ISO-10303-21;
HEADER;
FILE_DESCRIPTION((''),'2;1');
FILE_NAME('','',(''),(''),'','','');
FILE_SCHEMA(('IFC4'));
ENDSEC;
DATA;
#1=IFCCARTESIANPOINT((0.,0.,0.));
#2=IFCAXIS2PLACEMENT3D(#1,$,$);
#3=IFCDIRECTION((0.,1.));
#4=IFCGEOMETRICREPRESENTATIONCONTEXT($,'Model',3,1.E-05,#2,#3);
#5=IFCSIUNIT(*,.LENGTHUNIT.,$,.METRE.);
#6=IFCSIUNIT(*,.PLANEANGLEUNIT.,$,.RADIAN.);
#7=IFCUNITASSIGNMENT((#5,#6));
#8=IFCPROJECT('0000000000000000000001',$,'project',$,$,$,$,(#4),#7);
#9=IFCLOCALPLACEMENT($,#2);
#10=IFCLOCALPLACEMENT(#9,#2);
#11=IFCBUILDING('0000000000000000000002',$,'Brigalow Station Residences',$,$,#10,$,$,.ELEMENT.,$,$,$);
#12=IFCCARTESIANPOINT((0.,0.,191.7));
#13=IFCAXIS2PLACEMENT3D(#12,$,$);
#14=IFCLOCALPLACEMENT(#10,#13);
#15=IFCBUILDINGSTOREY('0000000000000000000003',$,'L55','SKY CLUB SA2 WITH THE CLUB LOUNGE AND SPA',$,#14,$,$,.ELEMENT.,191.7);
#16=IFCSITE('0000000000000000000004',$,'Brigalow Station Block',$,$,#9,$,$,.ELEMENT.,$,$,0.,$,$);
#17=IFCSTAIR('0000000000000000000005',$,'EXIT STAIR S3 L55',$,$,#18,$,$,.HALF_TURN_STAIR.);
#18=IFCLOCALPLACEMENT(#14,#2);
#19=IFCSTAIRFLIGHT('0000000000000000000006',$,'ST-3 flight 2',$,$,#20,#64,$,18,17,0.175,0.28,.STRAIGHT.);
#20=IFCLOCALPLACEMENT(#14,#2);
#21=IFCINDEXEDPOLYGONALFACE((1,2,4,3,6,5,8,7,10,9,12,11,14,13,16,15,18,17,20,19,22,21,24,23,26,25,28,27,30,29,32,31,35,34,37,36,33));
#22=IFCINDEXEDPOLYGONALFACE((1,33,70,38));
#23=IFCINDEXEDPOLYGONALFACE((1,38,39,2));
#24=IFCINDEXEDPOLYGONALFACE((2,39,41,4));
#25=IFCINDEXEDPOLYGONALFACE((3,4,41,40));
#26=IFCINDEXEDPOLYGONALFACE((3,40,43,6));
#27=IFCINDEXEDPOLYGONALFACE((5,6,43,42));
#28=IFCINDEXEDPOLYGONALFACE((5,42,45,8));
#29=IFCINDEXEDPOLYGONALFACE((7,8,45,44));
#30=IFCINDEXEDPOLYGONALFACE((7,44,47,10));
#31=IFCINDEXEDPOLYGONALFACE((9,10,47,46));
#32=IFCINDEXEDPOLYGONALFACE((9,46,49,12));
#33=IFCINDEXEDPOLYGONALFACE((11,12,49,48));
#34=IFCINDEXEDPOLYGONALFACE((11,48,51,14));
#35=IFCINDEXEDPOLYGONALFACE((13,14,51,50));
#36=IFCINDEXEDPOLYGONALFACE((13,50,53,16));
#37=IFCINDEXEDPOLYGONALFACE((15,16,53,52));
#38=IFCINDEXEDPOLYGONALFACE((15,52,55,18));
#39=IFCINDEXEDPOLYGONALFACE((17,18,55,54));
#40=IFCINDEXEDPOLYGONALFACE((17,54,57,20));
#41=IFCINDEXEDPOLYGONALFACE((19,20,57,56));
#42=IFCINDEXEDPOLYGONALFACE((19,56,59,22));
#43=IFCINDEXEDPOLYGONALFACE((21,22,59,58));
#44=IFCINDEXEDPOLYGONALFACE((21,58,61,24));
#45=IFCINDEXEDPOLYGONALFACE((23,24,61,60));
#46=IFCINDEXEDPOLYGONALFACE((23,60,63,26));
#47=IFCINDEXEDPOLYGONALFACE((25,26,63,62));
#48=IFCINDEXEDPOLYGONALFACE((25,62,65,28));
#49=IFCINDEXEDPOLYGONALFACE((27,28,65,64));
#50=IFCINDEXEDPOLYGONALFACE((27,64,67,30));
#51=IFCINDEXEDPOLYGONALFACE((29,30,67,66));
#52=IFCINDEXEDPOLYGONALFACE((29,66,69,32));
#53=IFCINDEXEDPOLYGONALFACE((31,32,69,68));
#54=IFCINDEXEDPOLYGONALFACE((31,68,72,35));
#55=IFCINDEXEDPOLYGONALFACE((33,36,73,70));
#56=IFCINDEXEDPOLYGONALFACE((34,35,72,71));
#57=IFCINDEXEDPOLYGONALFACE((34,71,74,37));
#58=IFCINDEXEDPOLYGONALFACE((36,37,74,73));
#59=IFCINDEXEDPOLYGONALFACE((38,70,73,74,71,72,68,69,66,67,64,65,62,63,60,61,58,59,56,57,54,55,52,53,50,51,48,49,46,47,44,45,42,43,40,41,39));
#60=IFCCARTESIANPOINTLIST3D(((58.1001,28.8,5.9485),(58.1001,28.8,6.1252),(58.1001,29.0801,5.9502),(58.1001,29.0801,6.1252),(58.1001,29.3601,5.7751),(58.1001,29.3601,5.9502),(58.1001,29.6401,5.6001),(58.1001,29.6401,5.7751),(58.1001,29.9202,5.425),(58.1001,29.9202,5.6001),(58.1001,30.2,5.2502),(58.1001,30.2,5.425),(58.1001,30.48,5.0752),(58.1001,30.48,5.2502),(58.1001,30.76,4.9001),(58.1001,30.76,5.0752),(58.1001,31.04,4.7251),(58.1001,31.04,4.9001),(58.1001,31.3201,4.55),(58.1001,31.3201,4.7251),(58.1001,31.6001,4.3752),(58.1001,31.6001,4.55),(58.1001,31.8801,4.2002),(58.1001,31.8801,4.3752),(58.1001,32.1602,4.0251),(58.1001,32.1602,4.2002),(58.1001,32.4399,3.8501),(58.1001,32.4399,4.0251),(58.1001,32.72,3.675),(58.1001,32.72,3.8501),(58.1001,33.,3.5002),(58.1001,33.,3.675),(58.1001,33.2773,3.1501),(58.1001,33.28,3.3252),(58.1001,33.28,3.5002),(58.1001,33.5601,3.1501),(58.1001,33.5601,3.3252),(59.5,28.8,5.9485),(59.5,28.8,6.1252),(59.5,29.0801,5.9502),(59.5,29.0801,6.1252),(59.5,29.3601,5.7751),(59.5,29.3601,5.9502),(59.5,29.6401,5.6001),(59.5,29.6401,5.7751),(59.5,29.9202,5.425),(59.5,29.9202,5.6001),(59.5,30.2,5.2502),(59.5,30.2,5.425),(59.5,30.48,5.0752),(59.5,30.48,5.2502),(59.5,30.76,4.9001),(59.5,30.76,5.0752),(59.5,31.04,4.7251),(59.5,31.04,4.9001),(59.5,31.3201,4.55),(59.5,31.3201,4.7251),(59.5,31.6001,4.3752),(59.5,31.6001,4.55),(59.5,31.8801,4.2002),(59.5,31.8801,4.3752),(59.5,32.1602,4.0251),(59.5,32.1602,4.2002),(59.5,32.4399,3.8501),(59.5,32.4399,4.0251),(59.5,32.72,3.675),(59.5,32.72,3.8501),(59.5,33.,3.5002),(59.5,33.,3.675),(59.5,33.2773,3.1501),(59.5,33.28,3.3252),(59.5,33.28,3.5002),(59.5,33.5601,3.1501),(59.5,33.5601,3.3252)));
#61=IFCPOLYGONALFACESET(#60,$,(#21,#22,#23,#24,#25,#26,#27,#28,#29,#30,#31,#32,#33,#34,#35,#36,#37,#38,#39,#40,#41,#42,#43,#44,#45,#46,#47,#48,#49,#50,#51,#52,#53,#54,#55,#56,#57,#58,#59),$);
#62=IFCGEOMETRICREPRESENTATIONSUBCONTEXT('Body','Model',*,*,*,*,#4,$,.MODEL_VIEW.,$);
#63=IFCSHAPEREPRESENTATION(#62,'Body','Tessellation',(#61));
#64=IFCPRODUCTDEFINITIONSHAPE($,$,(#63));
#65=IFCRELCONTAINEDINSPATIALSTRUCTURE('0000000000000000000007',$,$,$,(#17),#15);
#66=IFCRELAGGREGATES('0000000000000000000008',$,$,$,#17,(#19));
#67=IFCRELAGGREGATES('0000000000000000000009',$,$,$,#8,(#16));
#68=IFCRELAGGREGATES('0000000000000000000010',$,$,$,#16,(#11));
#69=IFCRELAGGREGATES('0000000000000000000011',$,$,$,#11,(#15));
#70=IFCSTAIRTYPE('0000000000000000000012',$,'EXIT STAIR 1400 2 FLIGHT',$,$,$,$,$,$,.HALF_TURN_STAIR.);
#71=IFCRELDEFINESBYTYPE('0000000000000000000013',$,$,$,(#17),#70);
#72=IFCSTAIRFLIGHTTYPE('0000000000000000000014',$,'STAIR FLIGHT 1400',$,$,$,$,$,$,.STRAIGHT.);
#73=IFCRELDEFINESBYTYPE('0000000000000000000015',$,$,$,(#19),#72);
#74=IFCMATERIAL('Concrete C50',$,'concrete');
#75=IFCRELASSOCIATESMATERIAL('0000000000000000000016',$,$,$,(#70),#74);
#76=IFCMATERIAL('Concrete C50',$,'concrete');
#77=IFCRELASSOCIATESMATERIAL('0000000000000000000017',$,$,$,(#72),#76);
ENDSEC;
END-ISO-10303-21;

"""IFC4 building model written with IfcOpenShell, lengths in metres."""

from ifc_helpers import new_model, si_unit, direction, frame, origin, place, context, subcontext, project, spatial, polyline, outline, extrude, material, type_object, element, aggregate, save


model = new_model("IFC4")

# Units and contexts
model_context = context("Model", 3, precision=1e-05, world=origin(), true_north=direction((0.0, 1.0)))
body_context = subcontext(model_context, "Body", "Model", "MODEL_VIEW")
ifc_project = project(units=[si_unit("LENGTHUNIT", "METRE"), si_unit("PLANEANGLEUNIT", "RADIAN")], contexts=[model_context])

# Site, building, storey
site_placement = place(None, origin())
site = spatial("IfcSite", under=ifc_project, at=site_placement, Name="Brigalow Station Block", CompositionType="ELEMENT", RefElevation=0.0)
building_placement = place(site_placement, origin())
building = spatial("IfcBuilding", under=site, at=building_placement, Name="Brigalow Station Residences", CompositionType="ELEMENT")
storey_placement = place(building_placement, frame((0.0, 0.0, 191.7)))
storey = spatial("IfcBuildingStorey", under=building, at=storey_placement, Name="L55", Description="SKY CLUB SA2 WITH THE CLUB LOUNGE AND SPA", CompositionType="ELEMENT", Elevation=191.7)

# Stair, stair flight
ifc_material_1 = material(Name="Concrete C50", Category="concrete")
stair_type = type_object("IfcStairType", Name="EXIT STAIR 1400 2 FLIGHT", PredefinedType="HALF_TURN_STAIR", material=ifc_material_1)
stair_placement = place(storey_placement, origin())
stair = element("IfcStair", 1, at=stair_placement, inside=storey, type_object=stair_type, Name="EXIT STAIR S3 L55", PredefinedType="HALF_TURN_STAIR")
ifc_material_2 = material(Name="Concrete C50", Category="concrete")
stair_flight_type = type_object("IfcStairFlightType", Name="STAIR FLIGHT 1400", PredefinedType="STRAIGHT", material=ifc_material_2)
stair_flight_1_placement = place(storey_placement, frame((58.8, 33.5601, 3.1501), z_axis=(0.0, 0.0, 1.0), x_axis=(0.0, -1.0, 0.0)))
stair_flight_1 = element("IfcStairFlight", 2, at=stair_flight_1_placement, type_object=stair_flight_type, Name="ST-3 flight 2", NumberOfRisers=18, NumberOfTreads=17, PredefinedType="STRAIGHT", RiserHeight=0.175, TreadLength=0.28, context=body_context, shape_type="SweptSolid", body=[
    extrude(outline(polyline([(0.0, 0.0), (0.0, 0.175), (0.28, 0.175), (0.28, 0.3501), (0.5601, 0.3501), (0.5601, 0.5249), (0.8401, 0.5249), (0.8401, 0.7), (1.1201, 0.7), (1.1201, 0.875), (1.3999, 0.875), (1.3999, 1.05), (1.6799, 1.05), (1.6799, 1.2251), (1.96, 1.2251), (1.96, 1.3999), (2.24, 1.3999), (2.24, 1.575), (2.52, 1.575), (2.52, 1.75), (2.8, 1.75), (2.8, 1.925), (3.0801, 1.925), (3.0801, 2.1001), (3.3601, 2.1001), (3.3601, 2.2749), (3.6399, 2.2749), (3.6399, 2.45), (3.9199, 2.45), (3.9199, 2.625), (4.2, 2.625), (4.2, 2.8), (4.48, 2.8), (4.48, 2.9751), (4.76, 2.9751), (4.76, 3.1499), (4.76, 2.7983), (0.2827, 0.0), (0.0, 0.0)])), frame((0.0, 0.7, 0.0), z_axis=(0.0, -1.0, 0.0), x_axis=(1.0, 0.0, 0.0)), (0.0, 0.0, 1.0), 1.3999),
])
aggregate(stair, [stair_flight_1])

save(model, "model.ifc")
